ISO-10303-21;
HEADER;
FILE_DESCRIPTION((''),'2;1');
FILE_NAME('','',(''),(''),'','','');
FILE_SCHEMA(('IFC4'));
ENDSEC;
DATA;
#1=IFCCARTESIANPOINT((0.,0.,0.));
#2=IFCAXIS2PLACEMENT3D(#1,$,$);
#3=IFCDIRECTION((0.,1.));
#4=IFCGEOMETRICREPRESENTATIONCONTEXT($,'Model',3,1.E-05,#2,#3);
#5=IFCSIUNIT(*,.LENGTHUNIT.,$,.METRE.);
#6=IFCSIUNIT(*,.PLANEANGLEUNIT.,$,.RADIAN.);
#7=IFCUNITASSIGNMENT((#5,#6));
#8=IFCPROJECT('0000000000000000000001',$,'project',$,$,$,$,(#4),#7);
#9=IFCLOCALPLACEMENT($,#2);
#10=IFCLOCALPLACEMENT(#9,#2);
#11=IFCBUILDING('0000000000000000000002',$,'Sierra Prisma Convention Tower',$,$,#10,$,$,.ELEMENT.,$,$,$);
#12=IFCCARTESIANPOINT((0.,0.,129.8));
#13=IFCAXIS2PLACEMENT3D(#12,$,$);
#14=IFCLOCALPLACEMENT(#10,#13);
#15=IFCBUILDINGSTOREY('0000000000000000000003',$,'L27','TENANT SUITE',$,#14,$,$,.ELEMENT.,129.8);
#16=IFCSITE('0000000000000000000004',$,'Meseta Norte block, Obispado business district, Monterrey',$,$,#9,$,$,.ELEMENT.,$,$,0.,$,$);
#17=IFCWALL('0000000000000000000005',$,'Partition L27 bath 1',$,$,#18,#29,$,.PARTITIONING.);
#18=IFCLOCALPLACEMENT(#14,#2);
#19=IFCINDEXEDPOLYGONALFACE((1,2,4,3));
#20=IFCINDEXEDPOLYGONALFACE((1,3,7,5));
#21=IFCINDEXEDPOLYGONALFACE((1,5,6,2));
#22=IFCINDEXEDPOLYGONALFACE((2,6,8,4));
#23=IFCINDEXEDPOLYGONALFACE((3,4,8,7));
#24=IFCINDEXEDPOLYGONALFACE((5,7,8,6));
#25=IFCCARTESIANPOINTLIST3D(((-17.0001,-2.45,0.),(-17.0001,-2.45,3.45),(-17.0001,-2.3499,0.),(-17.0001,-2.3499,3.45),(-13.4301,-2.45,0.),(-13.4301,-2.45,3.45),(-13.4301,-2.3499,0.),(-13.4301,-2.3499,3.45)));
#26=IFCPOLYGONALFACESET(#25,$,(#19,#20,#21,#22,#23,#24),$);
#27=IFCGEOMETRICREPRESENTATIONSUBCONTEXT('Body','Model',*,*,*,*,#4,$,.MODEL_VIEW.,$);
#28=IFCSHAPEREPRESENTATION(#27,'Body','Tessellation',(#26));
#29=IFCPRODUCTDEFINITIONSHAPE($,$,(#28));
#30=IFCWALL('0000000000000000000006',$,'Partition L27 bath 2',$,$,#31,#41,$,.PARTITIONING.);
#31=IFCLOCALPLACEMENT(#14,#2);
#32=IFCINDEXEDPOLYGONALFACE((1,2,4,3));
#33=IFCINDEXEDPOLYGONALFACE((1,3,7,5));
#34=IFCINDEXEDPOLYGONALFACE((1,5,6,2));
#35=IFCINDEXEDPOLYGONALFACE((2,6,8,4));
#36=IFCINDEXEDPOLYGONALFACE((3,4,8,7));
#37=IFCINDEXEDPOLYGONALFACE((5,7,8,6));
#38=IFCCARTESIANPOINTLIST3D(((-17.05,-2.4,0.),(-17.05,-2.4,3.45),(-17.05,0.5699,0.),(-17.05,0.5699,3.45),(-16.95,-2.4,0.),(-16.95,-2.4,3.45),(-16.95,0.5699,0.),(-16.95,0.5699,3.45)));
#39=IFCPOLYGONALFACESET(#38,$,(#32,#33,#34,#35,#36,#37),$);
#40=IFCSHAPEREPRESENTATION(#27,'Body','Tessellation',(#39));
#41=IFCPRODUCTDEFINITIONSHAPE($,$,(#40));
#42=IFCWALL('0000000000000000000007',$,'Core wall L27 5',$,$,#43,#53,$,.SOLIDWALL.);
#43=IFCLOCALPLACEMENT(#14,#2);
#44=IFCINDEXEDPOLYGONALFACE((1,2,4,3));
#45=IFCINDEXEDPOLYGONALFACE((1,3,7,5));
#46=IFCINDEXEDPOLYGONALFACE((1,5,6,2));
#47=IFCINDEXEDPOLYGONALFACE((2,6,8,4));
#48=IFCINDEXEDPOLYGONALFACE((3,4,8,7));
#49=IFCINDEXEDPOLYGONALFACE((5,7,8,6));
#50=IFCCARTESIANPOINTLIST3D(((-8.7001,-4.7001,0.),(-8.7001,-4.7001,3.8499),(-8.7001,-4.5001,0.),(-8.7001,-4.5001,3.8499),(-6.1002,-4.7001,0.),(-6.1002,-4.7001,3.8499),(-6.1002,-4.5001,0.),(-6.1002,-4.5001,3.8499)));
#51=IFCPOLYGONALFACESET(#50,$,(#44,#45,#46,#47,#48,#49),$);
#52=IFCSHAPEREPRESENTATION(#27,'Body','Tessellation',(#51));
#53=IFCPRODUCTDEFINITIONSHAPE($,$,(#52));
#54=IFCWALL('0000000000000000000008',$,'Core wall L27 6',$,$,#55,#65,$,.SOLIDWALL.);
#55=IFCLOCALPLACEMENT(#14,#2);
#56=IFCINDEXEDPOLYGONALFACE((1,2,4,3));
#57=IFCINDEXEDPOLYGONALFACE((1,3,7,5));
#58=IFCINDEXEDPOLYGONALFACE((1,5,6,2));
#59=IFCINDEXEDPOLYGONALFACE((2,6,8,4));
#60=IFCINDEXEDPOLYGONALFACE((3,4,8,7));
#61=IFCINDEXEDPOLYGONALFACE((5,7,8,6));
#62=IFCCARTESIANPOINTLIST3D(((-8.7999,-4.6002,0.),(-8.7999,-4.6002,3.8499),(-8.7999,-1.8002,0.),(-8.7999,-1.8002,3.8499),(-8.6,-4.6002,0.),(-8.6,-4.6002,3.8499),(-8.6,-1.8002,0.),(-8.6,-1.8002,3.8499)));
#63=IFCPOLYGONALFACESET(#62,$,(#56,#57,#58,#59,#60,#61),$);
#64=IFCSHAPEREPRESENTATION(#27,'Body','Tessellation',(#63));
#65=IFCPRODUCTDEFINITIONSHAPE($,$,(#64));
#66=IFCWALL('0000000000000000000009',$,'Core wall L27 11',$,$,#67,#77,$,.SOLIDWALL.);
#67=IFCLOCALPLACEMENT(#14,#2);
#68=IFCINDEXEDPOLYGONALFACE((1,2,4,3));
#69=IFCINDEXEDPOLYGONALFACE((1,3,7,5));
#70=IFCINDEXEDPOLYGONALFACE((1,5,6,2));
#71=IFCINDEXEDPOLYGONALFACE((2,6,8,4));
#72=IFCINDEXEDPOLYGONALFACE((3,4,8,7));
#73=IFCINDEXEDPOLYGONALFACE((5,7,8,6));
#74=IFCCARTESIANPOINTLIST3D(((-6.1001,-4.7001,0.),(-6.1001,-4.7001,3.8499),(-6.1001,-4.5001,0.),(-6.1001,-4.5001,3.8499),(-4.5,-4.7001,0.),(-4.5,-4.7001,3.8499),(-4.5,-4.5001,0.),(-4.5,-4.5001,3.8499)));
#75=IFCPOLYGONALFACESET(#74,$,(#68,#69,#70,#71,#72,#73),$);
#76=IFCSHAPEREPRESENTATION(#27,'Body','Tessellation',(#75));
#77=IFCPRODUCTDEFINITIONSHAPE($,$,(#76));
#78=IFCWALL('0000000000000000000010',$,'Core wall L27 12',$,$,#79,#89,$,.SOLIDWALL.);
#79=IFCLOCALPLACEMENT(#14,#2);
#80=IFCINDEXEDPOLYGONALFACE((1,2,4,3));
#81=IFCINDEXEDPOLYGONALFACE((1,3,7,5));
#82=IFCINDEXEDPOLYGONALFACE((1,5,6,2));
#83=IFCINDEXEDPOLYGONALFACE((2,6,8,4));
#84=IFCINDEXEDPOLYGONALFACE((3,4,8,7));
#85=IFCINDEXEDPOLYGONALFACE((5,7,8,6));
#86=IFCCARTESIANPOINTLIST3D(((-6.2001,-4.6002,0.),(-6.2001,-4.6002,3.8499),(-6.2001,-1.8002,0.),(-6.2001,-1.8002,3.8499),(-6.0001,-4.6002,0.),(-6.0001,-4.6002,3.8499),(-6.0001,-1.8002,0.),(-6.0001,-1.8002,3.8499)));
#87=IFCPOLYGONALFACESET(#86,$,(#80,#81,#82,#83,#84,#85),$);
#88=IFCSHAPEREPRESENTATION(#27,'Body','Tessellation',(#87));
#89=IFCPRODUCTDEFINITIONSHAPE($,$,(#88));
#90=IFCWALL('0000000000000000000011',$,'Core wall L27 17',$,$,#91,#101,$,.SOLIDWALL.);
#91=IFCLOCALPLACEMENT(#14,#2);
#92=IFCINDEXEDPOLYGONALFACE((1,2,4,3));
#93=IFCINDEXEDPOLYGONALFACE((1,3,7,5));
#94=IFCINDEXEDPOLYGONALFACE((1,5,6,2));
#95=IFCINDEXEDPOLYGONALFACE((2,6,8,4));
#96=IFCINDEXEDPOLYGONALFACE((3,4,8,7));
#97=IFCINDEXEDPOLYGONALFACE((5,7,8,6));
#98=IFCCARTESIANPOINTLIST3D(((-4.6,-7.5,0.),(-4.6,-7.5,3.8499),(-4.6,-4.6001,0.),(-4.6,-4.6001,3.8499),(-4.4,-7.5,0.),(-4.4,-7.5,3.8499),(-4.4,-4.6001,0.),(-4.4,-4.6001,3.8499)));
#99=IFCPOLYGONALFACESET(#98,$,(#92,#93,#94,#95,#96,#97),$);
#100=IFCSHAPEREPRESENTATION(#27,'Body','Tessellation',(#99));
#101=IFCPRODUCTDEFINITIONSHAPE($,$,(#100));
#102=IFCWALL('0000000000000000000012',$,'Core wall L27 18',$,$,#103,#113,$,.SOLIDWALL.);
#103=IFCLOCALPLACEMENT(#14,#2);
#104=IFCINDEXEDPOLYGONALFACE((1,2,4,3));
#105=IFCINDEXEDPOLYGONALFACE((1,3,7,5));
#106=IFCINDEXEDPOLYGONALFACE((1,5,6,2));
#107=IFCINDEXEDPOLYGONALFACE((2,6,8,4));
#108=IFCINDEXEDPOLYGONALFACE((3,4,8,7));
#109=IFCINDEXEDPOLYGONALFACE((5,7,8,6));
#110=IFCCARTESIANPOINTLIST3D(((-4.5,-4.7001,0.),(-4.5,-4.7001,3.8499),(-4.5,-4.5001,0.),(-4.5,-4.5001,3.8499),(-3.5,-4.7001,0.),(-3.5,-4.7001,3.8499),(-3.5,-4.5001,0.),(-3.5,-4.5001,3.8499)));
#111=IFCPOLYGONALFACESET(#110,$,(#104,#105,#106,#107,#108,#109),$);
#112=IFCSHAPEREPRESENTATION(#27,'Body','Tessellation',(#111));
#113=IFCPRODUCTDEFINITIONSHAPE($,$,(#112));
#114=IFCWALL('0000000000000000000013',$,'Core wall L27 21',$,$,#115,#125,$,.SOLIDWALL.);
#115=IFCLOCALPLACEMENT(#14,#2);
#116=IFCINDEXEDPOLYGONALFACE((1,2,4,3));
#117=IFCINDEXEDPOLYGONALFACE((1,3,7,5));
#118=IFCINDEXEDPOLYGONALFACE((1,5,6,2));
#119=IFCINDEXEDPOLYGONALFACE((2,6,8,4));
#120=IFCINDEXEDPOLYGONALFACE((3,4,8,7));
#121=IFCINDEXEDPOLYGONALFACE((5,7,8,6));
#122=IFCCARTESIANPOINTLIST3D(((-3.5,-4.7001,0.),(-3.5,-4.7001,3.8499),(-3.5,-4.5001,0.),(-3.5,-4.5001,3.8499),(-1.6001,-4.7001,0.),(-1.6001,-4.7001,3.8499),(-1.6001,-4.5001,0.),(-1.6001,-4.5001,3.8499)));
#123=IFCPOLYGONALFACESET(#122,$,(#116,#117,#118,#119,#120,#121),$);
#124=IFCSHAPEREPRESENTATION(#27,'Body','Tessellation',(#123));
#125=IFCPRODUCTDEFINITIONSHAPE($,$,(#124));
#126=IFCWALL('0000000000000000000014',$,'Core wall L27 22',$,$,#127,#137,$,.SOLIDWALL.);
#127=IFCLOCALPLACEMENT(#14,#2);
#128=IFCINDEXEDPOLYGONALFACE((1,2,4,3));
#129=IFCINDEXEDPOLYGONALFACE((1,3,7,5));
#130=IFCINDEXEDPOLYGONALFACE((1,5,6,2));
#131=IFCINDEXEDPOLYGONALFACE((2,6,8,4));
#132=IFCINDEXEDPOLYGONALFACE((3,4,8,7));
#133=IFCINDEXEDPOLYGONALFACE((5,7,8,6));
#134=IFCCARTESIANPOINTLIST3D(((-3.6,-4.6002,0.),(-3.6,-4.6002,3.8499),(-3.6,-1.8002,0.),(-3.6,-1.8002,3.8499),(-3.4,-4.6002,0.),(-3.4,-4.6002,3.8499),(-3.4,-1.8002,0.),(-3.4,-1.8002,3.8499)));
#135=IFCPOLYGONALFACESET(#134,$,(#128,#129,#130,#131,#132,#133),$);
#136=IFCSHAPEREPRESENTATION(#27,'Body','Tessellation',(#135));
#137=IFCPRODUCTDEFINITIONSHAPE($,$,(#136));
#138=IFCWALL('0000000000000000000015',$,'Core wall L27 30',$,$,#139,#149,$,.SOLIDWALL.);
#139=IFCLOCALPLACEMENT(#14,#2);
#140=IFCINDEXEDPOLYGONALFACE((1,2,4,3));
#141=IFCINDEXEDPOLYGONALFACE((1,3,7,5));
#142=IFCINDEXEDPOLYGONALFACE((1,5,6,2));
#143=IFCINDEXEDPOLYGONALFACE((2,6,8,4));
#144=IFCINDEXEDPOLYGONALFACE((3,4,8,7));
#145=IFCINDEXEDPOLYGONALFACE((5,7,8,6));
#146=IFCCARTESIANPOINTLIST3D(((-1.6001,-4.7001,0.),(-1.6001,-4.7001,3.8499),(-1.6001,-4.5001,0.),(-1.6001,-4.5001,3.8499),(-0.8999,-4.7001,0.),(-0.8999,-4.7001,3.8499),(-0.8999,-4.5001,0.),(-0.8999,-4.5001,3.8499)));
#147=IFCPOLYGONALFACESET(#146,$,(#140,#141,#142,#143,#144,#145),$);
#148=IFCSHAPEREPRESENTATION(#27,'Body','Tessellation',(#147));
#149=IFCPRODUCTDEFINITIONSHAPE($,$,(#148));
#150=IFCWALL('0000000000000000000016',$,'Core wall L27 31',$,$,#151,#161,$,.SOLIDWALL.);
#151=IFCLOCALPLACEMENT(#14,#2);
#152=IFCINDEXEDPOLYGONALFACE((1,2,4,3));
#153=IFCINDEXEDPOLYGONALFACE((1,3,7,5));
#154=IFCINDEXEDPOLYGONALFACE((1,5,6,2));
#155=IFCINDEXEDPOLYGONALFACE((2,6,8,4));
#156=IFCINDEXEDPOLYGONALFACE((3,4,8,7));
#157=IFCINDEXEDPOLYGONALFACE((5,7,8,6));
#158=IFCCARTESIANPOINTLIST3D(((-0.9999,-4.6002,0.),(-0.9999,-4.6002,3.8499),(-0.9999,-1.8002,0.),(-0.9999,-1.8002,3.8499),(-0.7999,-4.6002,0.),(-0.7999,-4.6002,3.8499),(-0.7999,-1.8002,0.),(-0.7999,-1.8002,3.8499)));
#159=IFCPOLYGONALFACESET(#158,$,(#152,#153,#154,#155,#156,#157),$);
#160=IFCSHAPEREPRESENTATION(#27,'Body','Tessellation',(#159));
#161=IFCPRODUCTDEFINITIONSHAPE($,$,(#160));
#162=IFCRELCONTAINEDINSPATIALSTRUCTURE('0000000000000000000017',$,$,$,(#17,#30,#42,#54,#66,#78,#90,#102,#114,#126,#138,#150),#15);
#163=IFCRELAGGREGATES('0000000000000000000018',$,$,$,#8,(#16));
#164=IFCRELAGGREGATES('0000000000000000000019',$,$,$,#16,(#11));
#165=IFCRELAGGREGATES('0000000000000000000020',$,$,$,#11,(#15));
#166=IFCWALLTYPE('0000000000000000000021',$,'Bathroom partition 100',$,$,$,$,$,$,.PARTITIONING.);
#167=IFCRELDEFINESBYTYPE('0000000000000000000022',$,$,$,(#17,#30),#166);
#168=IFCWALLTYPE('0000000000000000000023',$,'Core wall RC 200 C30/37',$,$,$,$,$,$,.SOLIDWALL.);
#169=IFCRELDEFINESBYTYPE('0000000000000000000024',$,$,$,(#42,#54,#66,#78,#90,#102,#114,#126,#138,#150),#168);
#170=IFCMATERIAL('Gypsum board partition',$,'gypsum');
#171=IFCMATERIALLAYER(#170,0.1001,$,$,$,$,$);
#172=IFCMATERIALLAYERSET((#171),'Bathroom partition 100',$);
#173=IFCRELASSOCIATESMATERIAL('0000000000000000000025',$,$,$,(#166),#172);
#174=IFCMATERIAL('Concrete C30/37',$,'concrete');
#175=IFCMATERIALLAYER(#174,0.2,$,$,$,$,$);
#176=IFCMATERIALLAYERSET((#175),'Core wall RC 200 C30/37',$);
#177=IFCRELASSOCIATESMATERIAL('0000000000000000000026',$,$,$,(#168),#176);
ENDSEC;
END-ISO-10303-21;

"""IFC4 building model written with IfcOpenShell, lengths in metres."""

from ifc_helpers import new_model, si_unit, direction, frame, frame_2d, origin, place, context, subcontext, project, spatial, rectangle, extrude, material, layer, layer_set, type_object, element, save


model = new_model("IFC4")

# Units and contexts
model_context = context("Model", 3, precision=1e-05, world=origin(), true_north=direction((0.0, 1.0)))
body_context = subcontext(model_context, "Body", "Model", "MODEL_VIEW")
ifc_project = project(units=[si_unit("LENGTHUNIT", "METRE"), si_unit("PLANEANGLEUNIT", "RADIAN")], contexts=[model_context])

# Site, building, storey
site_placement = place(None, origin())
site = spatial("IfcSite", under=ifc_project, at=site_placement, Name="Meseta Norte block, Obispado business district, Monterrey", CompositionType="ELEMENT", RefElevation=0.0)
building_placement = place(site_placement, origin())
building = spatial("IfcBuilding", under=site, at=building_placement, Name="Sierra Prisma Convention Tower", CompositionType="ELEMENT")
storey_placement = place(building_placement, frame((0.0, 0.0, 129.8)))
storey = spatial("IfcBuildingStorey", under=building, at=storey_placement, Name="L27", Description="TENANT SUITE", CompositionType="ELEMENT", Elevation=129.8)

# Walls
ifc_material_1 = material(Name="Gypsum board partition", Category="gypsum")
ifc_layer_1 = layer(ifc_material_1, 0.1001)
ifc_layer_set_1 = layer_set([ifc_layer_1], Name="Bathroom partition 100")
wall_type_1 = type_object("IfcWallType", Name="Bathroom partition 100", PredefinedType="PARTITIONING", material=ifc_layer_set_1)
wall_1_placement = place(storey_placement, frame((-13.4299, -2.3999, 0.0), z_axis=(0.0, 0.0, 1.0), x_axis=(-1.0, 0.0, 0.0)))
element("IfcWall", 1, at=wall_1_placement, inside=storey, type_object=wall_type_1, Name="Partition L27 bath 1", PredefinedType="PARTITIONING", context=body_context, shape_type="SweptSolid", body=[
    extrude(rectangle(XDim=3.5701, YDim=0.1001, at=frame_2d((1.7852, 0.0))), origin(), (0.0, 0.0, 1.0), 3.45),
])
wall_2_placement = place(storey_placement, frame((-17.0, -2.3999, 0.0), z_axis=(0.0, 0.0, 1.0), x_axis=(0.0, 1.0, 0.0)))
element("IfcWall", 2, at=wall_2_placement, inside=storey, type_object=wall_type_1, Name="Partition L27 bath 2", PredefinedType="PARTITIONING", context=body_context, shape_type="SweptSolid", body=[
    extrude(rectangle(XDim=2.97, YDim=0.1001, at=frame_2d((1.4849, 0.0))), origin(), (0.0, 0.0, 1.0), 3.45),
])

# Shared definitions
ifc_material_2 = material(Name="Concrete C30/37", Category="concrete")
ifc_layer_2 = layer(ifc_material_2, 0.2)
ifc_layer_set_2 = layer_set([ifc_layer_2], Name="Core wall RC 200 C30/37")
wall_type_2 = type_object("IfcWallType", Name="Core wall RC 200 C30/37", PredefinedType="SOLIDWALL", material=ifc_layer_set_2)

# Walls
wall_3_placement = place(storey_placement, frame((-8.7, -4.6001, 0.0), z_axis=(0.0, 0.0, 1.0), x_axis=(1.0, 0.0, 0.0)))
element("IfcWall", 3, at=wall_3_placement, inside=storey, type_object=wall_type_2, Name="Core wall L27 5", PredefinedType="SOLIDWALL", context=body_context, shape_type="SweptSolid", body=[
    extrude(rectangle(XDim=2.5999, YDim=0.2, at=frame_2d((1.2998, 0.0))), origin(), (0.0, 0.0, 1.0), 3.8499),
])
wall_4_placement = place(storey_placement, frame((-8.7, -4.6001, 0.0), z_axis=(0.0, 0.0, 1.0), x_axis=(0.0, 1.0, 0.0)))
element("IfcWall", 4, at=wall_4_placement, inside=storey, type_object=wall_type_2, Name="Core wall L27 6", PredefinedType="SOLIDWALL", context=body_context, shape_type="SweptSolid", body=[
    extrude(rectangle(XDim=2.8, YDim=0.2, at=frame_2d((1.3999, 0.0))), origin(), (0.0, 0.0, 1.0), 3.8499),
])
wall_5_placement = place(storey_placement, frame((-6.1001, -4.6001, 0.0), z_axis=(0.0, 0.0, 1.0), x_axis=(1.0, 0.0, 0.0)))
element("IfcWall", 5, at=wall_5_placement, inside=storey, type_object=wall_type_2, Name="Core wall L27 11", PredefinedType="SOLIDWALL", context=body_context, shape_type="SweptSolid", body=[
    extrude(rectangle(XDim=1.6001, YDim=0.2, at=frame_2d((0.8, 0.0))), origin(), (0.0, 0.0, 1.0), 3.8499),
])
wall_6_placement = place(storey_placement, frame((-6.1001, -4.6001, 0.0), z_axis=(0.0, 0.0, 1.0), x_axis=(0.0, 1.0, 0.0)))
element("IfcWall", 6, at=wall_6_placement, inside=storey, type_object=wall_type_2, Name="Core wall L27 12", PredefinedType="SOLIDWALL", context=body_context, shape_type="SweptSolid", body=[
    extrude(rectangle(XDim=2.8, YDim=0.2, at=frame_2d((1.3999, 0.0))), origin(), (0.0, 0.0, 1.0), 3.8499),
])
wall_7_placement = place(storey_placement, frame((-4.5, -4.6001, 0.0), z_axis=(0.0, 0.0, 1.0), x_axis=(0.0, -1.0, 0.0)))
element("IfcWall", 7, at=wall_7_placement, inside=storey, type_object=wall_type_2, Name="Core wall L27 17", PredefinedType="SOLIDWALL", context=body_context, shape_type="SweptSolid", body=[
    extrude(rectangle(XDim=2.8999, YDim=0.2, at=frame_2d((1.45, 0.0))), origin(), (0.0, 0.0, 1.0), 3.8499),
])
wall_8_placement = place(storey_placement, frame((-4.5, -4.6001, 0.0), z_axis=(0.0, 0.0, 1.0), x_axis=(1.0, 0.0, 0.0)))
element("IfcWall", 8, at=wall_8_placement, inside=storey, type_object=wall_type_2, Name="Core wall L27 18", PredefinedType="SOLIDWALL", context=body_context, shape_type="SweptSolid", body=[
    extrude(rectangle(XDim=1.0, YDim=0.2, at=frame_2d((0.5, 0.0))), origin(), (0.0, 0.0, 1.0), 3.8499),
])
wall_9_placement = place(storey_placement, frame((-3.5, -4.6001, 0.0), z_axis=(0.0, 0.0, 1.0), x_axis=(1.0, 0.0, 0.0)))
element("IfcWall", 9, at=wall_9_placement, inside=storey, type_object=wall_type_2, Name="Core wall L27 21", PredefinedType="SOLIDWALL", context=body_context, shape_type="SweptSolid", body=[
    extrude(rectangle(XDim=1.8999, YDim=0.2, at=frame_2d((0.95, 0.0))), origin(), (0.0, 0.0, 1.0), 3.8499),
])
wall_10_placement = place(storey_placement, frame((-3.5, -4.6001, 0.0), z_axis=(0.0, 0.0, 1.0), x_axis=(0.0, 1.0, 0.0)))
element("IfcWall", 10, at=wall_10_placement, inside=storey, type_object=wall_type_2, Name="Core wall L27 22", PredefinedType="SOLIDWALL", context=body_context, shape_type="SweptSolid", body=[
    extrude(rectangle(XDim=2.8, YDim=0.2, at=frame_2d((1.3999, 0.0))), origin(), (0.0, 0.0, 1.0), 3.8499),
])
wall_11_placement = place(storey_placement, frame((-1.6001, -4.6001, 0.0), z_axis=(0.0, 0.0, 1.0), x_axis=(1.0, 0.0, 0.0)))
element("IfcWall", 11, at=wall_11_placement, inside=storey, type_object=wall_type_2, Name="Core wall L27 30", PredefinedType="SOLIDWALL", context=body_context, shape_type="SweptSolid", body=[
    extrude(rectangle(XDim=0.7002, YDim=0.2, at=frame_2d((0.3501, 0.0))), origin(), (0.0, 0.0, 1.0), 3.8499),
])
wall_12_placement = place(storey_placement, frame((-0.8999, -4.6001, 0.0), z_axis=(0.0, 0.0, 1.0), x_axis=(0.0, 1.0, 0.0)))
element("IfcWall", 12, at=wall_12_placement, inside=storey, type_object=wall_type_2, Name="Core wall L27 31", PredefinedType="SOLIDWALL", context=body_context, shape_type="SweptSolid", body=[
    extrude(rectangle(XDim=2.8, YDim=0.2, at=frame_2d((1.3999, 0.0))), origin(), (0.0, 0.0, 1.0), 3.8499),
])

save(model, "model.ifc")
